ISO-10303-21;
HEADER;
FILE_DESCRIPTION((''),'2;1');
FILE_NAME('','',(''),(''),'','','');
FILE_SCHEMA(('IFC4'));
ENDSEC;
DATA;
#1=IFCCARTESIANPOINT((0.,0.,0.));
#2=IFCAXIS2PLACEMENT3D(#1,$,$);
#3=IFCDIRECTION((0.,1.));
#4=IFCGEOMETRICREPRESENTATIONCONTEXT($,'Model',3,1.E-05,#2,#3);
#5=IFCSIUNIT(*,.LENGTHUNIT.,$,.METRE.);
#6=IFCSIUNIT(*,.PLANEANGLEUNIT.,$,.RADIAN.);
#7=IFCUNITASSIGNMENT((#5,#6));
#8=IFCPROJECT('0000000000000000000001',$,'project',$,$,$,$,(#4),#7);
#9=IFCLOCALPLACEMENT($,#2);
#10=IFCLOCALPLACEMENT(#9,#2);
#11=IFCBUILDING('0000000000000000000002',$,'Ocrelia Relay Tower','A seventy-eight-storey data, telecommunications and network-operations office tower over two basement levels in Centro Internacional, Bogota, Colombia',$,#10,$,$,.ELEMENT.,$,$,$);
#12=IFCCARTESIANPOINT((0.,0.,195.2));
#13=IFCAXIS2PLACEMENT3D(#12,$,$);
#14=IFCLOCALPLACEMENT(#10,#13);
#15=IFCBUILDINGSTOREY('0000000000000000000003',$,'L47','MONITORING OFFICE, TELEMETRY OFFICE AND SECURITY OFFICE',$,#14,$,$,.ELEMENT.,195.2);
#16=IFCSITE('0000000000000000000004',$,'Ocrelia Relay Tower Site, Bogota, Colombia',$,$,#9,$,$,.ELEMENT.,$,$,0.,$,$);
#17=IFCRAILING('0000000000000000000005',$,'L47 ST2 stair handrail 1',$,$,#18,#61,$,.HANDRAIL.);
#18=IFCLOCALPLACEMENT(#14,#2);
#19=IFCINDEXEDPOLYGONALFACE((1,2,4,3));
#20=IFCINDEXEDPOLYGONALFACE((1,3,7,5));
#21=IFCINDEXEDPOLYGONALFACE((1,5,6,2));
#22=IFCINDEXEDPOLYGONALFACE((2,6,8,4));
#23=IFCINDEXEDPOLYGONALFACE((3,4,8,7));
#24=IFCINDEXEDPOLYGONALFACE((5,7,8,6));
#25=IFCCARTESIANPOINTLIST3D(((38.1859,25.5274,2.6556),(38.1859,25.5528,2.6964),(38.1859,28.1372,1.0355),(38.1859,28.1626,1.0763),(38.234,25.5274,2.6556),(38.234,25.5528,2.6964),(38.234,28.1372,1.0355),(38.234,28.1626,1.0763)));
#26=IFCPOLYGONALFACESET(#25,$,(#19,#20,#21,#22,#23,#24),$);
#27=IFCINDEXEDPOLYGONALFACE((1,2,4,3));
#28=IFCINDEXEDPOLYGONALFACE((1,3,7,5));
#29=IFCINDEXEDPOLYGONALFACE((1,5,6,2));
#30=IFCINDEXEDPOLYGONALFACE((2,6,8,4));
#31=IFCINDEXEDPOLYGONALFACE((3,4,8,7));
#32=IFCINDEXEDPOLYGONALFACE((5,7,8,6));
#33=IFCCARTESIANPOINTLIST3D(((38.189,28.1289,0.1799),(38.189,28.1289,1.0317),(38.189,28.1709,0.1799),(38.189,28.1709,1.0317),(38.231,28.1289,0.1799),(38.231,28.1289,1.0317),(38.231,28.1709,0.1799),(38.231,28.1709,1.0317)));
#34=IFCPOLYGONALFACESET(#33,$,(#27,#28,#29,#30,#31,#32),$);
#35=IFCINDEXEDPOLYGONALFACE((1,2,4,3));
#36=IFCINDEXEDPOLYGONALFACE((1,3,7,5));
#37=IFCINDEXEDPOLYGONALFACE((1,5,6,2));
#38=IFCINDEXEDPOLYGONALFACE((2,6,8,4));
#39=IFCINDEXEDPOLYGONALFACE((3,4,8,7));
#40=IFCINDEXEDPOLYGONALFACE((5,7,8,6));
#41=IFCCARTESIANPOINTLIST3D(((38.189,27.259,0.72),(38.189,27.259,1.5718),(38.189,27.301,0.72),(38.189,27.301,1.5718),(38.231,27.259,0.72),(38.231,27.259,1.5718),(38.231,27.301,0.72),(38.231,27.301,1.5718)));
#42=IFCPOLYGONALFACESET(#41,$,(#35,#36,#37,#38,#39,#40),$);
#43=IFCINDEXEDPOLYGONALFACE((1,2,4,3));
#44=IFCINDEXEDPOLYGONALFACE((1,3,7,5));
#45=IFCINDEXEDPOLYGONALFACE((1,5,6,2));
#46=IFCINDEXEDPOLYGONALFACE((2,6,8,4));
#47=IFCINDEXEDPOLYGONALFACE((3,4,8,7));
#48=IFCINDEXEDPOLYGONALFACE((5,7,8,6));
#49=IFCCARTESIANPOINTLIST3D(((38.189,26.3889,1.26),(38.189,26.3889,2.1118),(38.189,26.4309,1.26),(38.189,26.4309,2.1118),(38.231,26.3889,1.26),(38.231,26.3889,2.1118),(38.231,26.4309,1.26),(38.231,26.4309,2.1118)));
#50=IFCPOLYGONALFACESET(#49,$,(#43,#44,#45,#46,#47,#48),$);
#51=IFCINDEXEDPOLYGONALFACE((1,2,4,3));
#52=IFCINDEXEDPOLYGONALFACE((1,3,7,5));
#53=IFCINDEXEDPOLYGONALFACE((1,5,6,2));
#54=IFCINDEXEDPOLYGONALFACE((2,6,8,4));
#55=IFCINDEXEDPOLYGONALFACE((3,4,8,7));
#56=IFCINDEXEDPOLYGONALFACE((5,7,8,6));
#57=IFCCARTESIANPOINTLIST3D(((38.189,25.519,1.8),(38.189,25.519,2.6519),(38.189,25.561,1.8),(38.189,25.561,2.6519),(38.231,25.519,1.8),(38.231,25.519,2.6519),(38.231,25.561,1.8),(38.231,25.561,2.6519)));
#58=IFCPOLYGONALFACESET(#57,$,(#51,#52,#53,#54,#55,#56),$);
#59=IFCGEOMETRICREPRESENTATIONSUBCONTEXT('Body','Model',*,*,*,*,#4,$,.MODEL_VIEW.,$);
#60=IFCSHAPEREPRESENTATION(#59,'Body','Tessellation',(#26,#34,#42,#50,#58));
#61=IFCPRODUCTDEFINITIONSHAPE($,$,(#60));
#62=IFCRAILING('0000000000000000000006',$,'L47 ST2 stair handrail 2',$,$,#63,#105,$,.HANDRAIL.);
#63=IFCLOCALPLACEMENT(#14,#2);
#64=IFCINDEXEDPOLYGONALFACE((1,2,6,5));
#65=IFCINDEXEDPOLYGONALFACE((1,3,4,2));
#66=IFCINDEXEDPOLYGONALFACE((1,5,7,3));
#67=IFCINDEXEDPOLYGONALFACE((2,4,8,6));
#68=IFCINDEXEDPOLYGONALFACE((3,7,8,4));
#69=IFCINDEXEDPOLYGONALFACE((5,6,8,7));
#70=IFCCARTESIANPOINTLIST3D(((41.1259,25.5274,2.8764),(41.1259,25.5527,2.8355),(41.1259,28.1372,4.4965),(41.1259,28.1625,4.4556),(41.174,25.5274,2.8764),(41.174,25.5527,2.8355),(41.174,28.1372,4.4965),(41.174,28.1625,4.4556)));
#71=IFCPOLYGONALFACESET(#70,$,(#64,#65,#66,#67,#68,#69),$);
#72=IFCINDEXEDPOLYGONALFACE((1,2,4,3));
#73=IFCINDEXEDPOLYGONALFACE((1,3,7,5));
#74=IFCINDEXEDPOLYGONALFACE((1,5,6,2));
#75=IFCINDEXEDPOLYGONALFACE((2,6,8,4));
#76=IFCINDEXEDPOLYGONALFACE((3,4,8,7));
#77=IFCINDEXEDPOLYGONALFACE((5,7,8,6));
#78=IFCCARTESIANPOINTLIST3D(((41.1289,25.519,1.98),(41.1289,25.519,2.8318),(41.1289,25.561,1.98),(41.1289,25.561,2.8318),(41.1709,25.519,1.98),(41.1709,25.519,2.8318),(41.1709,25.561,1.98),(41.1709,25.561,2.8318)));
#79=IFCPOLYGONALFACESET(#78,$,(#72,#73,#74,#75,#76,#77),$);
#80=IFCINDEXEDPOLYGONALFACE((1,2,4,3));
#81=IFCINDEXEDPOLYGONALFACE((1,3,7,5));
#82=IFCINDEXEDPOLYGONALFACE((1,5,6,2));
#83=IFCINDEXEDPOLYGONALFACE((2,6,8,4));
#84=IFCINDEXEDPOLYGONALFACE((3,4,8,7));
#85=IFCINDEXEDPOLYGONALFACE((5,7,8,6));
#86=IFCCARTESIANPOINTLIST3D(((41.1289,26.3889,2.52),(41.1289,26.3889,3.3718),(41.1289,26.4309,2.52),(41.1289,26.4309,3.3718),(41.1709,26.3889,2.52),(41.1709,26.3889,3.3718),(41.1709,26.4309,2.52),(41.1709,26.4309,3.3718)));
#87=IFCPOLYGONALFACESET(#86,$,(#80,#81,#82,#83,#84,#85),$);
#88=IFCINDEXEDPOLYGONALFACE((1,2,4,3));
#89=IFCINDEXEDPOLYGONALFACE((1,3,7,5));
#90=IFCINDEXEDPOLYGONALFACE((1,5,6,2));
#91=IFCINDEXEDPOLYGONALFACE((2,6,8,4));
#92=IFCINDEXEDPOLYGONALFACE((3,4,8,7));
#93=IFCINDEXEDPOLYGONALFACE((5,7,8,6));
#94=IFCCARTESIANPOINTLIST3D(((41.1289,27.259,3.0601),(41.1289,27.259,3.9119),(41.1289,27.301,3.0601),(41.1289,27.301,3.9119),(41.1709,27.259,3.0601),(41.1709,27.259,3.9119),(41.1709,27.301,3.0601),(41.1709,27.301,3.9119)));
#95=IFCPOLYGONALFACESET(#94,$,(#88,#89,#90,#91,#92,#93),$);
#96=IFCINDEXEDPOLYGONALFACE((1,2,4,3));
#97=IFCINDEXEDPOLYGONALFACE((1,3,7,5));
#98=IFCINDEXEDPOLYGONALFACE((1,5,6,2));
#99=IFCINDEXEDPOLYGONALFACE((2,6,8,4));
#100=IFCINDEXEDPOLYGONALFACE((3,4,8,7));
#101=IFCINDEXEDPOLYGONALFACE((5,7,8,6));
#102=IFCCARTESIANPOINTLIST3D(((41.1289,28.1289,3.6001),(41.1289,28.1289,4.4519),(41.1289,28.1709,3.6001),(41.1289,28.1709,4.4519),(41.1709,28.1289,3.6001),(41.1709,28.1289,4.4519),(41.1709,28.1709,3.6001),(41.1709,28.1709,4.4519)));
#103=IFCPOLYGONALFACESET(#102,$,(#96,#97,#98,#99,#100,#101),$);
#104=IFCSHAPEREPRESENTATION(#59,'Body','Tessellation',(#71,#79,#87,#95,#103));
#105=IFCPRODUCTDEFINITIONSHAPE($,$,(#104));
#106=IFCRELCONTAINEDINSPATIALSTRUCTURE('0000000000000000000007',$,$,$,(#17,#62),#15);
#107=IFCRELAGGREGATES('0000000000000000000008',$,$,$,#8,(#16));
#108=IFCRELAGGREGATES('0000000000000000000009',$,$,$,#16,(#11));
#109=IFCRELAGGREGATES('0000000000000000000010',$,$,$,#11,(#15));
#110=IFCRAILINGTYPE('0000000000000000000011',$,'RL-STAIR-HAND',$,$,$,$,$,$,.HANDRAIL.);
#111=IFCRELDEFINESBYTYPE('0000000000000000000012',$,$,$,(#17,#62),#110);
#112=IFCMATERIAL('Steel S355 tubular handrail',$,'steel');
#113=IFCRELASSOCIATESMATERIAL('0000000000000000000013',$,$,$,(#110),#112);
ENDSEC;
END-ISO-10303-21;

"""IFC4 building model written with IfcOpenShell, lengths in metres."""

from ifc_helpers import new_model, si_unit, direction, frame, origin, origin_2d, place, context, subcontext, project, spatial, rectangle, extrude, material, type_object, element, save


model = new_model("IFC4")

# Units and contexts
model_context = context("Model", 3, precision=1e-05, world=origin(), true_north=direction((0.0, 1.0)))
body_context = subcontext(model_context, "Body", "Model", "MODEL_VIEW")
ifc_project = project(units=[si_unit("LENGTHUNIT", "METRE"), si_unit("PLANEANGLEUNIT", "RADIAN")], contexts=[model_context])

# Site, building, storey
site_placement = place(None, origin())
site = spatial("IfcSite", under=ifc_project, at=site_placement, Name="Ocrelia Relay Tower Site, Bogota, Colombia", CompositionType="ELEMENT", RefElevation=0.0)
building_placement = place(site_placement, origin())
building = spatial("IfcBuilding", under=site, at=building_placement, Name="Ocrelia Relay Tower", Description="A seventy-eight-storey data, telecommunications and network-operations office tower over two basement levels in Centro Internacional, Bogota, Colombia", CompositionType="ELEMENT")
storey_placement = place(building_placement, frame((0.0, 0.0, 195.2)))
storey = spatial("IfcBuildingStorey", under=building, at=storey_placement, Name="L47", Description="MONITORING OFFICE, TELEMETRY OFFICE AND SECURITY OFFICE", CompositionType="ELEMENT", Elevation=195.2)

# Railings
ifc_material_1 = material(Name="Steel S355 tubular handrail", Category="steel")
railing_type_1 = type_object("IfcRailingType", Name="RL-STAIR-HAND", PredefinedType="HANDRAIL", material=ifc_material_1)
railing_1_placement = place(storey_placement, frame((38.21, 28.1499, 0.1799)))
element("IfcRailing", 1, at=railing_1_placement, inside=storey, type_object=railing_type_1, Name="L47 ST2 stair handrail 1", PredefinedType="HANDRAIL", context=body_context, shape_type="SweptSolid", body=[
    extrude(rectangle(XDim=0.0481, YDim=0.0481, at=origin_2d()), frame((0.0, 0.0, 0.876), z_axis=(0.0, -0.849611, 0.52741), x_axis=(1.0, 0.0, 0.0)), (0.0, 0.0, 1.0), 3.0718),
    extrude(rectangle(XDim=0.042, YDim=0.042, at=origin_2d()), origin(), (0.0, 0.0, 1.0), 0.8518),
    extrude(rectangle(XDim=0.042, YDim=0.042, at=origin_2d()), frame((0.0, -0.8699, 0.54)), (0.0, 0.0, 1.0), 0.8518),
    extrude(rectangle(XDim=0.042, YDim=0.042, at=origin_2d()), frame((0.0, -1.74, 1.0801)), (0.0, 0.0, 1.0), 0.8518),
    extrude(rectangle(XDim=0.042, YDim=0.042, at=origin_2d()), frame((0.0, -2.6099, 1.6201)), (0.0, 0.0, 1.0), 0.8518),
])
railing_2_placement = place(storey_placement, frame((41.1499, 25.54, 1.98)))
element("IfcRailing", 2, at=railing_2_placement, inside=storey, type_object=railing_type_1, Name="L47 ST2 stair handrail 2", PredefinedType="HANDRAIL", context=body_context, shape_type="SweptSolid", body=[
    extrude(rectangle(XDim=0.0481, YDim=0.0481, at=origin_2d()), frame((0.0, 0.0, 0.876), z_axis=(0.0, 0.849611, 0.52741), x_axis=(-1.0, 0.0, 0.0)), (0.0, 0.0, 1.0), 3.0718),
    extrude(rectangle(XDim=0.042, YDim=0.042, at=origin_2d()), origin(), (0.0, 0.0, 1.0), 0.8518),
    extrude(rectangle(XDim=0.042, YDim=0.042, at=origin_2d()), frame((0.0, 0.8699, 0.54)), (0.0, 0.0, 1.0), 0.8518),
    extrude(rectangle(XDim=0.042, YDim=0.042, at=origin_2d()), frame((0.0, 1.74, 1.0801)), (0.0, 0.0, 1.0), 0.8518),
    extrude(rectangle(XDim=0.042, YDim=0.042, at=origin_2d()), frame((0.0, 2.6099, 1.6201)), (0.0, 0.0, 1.0), 0.8518),
])

save(model, "model.ifc")
